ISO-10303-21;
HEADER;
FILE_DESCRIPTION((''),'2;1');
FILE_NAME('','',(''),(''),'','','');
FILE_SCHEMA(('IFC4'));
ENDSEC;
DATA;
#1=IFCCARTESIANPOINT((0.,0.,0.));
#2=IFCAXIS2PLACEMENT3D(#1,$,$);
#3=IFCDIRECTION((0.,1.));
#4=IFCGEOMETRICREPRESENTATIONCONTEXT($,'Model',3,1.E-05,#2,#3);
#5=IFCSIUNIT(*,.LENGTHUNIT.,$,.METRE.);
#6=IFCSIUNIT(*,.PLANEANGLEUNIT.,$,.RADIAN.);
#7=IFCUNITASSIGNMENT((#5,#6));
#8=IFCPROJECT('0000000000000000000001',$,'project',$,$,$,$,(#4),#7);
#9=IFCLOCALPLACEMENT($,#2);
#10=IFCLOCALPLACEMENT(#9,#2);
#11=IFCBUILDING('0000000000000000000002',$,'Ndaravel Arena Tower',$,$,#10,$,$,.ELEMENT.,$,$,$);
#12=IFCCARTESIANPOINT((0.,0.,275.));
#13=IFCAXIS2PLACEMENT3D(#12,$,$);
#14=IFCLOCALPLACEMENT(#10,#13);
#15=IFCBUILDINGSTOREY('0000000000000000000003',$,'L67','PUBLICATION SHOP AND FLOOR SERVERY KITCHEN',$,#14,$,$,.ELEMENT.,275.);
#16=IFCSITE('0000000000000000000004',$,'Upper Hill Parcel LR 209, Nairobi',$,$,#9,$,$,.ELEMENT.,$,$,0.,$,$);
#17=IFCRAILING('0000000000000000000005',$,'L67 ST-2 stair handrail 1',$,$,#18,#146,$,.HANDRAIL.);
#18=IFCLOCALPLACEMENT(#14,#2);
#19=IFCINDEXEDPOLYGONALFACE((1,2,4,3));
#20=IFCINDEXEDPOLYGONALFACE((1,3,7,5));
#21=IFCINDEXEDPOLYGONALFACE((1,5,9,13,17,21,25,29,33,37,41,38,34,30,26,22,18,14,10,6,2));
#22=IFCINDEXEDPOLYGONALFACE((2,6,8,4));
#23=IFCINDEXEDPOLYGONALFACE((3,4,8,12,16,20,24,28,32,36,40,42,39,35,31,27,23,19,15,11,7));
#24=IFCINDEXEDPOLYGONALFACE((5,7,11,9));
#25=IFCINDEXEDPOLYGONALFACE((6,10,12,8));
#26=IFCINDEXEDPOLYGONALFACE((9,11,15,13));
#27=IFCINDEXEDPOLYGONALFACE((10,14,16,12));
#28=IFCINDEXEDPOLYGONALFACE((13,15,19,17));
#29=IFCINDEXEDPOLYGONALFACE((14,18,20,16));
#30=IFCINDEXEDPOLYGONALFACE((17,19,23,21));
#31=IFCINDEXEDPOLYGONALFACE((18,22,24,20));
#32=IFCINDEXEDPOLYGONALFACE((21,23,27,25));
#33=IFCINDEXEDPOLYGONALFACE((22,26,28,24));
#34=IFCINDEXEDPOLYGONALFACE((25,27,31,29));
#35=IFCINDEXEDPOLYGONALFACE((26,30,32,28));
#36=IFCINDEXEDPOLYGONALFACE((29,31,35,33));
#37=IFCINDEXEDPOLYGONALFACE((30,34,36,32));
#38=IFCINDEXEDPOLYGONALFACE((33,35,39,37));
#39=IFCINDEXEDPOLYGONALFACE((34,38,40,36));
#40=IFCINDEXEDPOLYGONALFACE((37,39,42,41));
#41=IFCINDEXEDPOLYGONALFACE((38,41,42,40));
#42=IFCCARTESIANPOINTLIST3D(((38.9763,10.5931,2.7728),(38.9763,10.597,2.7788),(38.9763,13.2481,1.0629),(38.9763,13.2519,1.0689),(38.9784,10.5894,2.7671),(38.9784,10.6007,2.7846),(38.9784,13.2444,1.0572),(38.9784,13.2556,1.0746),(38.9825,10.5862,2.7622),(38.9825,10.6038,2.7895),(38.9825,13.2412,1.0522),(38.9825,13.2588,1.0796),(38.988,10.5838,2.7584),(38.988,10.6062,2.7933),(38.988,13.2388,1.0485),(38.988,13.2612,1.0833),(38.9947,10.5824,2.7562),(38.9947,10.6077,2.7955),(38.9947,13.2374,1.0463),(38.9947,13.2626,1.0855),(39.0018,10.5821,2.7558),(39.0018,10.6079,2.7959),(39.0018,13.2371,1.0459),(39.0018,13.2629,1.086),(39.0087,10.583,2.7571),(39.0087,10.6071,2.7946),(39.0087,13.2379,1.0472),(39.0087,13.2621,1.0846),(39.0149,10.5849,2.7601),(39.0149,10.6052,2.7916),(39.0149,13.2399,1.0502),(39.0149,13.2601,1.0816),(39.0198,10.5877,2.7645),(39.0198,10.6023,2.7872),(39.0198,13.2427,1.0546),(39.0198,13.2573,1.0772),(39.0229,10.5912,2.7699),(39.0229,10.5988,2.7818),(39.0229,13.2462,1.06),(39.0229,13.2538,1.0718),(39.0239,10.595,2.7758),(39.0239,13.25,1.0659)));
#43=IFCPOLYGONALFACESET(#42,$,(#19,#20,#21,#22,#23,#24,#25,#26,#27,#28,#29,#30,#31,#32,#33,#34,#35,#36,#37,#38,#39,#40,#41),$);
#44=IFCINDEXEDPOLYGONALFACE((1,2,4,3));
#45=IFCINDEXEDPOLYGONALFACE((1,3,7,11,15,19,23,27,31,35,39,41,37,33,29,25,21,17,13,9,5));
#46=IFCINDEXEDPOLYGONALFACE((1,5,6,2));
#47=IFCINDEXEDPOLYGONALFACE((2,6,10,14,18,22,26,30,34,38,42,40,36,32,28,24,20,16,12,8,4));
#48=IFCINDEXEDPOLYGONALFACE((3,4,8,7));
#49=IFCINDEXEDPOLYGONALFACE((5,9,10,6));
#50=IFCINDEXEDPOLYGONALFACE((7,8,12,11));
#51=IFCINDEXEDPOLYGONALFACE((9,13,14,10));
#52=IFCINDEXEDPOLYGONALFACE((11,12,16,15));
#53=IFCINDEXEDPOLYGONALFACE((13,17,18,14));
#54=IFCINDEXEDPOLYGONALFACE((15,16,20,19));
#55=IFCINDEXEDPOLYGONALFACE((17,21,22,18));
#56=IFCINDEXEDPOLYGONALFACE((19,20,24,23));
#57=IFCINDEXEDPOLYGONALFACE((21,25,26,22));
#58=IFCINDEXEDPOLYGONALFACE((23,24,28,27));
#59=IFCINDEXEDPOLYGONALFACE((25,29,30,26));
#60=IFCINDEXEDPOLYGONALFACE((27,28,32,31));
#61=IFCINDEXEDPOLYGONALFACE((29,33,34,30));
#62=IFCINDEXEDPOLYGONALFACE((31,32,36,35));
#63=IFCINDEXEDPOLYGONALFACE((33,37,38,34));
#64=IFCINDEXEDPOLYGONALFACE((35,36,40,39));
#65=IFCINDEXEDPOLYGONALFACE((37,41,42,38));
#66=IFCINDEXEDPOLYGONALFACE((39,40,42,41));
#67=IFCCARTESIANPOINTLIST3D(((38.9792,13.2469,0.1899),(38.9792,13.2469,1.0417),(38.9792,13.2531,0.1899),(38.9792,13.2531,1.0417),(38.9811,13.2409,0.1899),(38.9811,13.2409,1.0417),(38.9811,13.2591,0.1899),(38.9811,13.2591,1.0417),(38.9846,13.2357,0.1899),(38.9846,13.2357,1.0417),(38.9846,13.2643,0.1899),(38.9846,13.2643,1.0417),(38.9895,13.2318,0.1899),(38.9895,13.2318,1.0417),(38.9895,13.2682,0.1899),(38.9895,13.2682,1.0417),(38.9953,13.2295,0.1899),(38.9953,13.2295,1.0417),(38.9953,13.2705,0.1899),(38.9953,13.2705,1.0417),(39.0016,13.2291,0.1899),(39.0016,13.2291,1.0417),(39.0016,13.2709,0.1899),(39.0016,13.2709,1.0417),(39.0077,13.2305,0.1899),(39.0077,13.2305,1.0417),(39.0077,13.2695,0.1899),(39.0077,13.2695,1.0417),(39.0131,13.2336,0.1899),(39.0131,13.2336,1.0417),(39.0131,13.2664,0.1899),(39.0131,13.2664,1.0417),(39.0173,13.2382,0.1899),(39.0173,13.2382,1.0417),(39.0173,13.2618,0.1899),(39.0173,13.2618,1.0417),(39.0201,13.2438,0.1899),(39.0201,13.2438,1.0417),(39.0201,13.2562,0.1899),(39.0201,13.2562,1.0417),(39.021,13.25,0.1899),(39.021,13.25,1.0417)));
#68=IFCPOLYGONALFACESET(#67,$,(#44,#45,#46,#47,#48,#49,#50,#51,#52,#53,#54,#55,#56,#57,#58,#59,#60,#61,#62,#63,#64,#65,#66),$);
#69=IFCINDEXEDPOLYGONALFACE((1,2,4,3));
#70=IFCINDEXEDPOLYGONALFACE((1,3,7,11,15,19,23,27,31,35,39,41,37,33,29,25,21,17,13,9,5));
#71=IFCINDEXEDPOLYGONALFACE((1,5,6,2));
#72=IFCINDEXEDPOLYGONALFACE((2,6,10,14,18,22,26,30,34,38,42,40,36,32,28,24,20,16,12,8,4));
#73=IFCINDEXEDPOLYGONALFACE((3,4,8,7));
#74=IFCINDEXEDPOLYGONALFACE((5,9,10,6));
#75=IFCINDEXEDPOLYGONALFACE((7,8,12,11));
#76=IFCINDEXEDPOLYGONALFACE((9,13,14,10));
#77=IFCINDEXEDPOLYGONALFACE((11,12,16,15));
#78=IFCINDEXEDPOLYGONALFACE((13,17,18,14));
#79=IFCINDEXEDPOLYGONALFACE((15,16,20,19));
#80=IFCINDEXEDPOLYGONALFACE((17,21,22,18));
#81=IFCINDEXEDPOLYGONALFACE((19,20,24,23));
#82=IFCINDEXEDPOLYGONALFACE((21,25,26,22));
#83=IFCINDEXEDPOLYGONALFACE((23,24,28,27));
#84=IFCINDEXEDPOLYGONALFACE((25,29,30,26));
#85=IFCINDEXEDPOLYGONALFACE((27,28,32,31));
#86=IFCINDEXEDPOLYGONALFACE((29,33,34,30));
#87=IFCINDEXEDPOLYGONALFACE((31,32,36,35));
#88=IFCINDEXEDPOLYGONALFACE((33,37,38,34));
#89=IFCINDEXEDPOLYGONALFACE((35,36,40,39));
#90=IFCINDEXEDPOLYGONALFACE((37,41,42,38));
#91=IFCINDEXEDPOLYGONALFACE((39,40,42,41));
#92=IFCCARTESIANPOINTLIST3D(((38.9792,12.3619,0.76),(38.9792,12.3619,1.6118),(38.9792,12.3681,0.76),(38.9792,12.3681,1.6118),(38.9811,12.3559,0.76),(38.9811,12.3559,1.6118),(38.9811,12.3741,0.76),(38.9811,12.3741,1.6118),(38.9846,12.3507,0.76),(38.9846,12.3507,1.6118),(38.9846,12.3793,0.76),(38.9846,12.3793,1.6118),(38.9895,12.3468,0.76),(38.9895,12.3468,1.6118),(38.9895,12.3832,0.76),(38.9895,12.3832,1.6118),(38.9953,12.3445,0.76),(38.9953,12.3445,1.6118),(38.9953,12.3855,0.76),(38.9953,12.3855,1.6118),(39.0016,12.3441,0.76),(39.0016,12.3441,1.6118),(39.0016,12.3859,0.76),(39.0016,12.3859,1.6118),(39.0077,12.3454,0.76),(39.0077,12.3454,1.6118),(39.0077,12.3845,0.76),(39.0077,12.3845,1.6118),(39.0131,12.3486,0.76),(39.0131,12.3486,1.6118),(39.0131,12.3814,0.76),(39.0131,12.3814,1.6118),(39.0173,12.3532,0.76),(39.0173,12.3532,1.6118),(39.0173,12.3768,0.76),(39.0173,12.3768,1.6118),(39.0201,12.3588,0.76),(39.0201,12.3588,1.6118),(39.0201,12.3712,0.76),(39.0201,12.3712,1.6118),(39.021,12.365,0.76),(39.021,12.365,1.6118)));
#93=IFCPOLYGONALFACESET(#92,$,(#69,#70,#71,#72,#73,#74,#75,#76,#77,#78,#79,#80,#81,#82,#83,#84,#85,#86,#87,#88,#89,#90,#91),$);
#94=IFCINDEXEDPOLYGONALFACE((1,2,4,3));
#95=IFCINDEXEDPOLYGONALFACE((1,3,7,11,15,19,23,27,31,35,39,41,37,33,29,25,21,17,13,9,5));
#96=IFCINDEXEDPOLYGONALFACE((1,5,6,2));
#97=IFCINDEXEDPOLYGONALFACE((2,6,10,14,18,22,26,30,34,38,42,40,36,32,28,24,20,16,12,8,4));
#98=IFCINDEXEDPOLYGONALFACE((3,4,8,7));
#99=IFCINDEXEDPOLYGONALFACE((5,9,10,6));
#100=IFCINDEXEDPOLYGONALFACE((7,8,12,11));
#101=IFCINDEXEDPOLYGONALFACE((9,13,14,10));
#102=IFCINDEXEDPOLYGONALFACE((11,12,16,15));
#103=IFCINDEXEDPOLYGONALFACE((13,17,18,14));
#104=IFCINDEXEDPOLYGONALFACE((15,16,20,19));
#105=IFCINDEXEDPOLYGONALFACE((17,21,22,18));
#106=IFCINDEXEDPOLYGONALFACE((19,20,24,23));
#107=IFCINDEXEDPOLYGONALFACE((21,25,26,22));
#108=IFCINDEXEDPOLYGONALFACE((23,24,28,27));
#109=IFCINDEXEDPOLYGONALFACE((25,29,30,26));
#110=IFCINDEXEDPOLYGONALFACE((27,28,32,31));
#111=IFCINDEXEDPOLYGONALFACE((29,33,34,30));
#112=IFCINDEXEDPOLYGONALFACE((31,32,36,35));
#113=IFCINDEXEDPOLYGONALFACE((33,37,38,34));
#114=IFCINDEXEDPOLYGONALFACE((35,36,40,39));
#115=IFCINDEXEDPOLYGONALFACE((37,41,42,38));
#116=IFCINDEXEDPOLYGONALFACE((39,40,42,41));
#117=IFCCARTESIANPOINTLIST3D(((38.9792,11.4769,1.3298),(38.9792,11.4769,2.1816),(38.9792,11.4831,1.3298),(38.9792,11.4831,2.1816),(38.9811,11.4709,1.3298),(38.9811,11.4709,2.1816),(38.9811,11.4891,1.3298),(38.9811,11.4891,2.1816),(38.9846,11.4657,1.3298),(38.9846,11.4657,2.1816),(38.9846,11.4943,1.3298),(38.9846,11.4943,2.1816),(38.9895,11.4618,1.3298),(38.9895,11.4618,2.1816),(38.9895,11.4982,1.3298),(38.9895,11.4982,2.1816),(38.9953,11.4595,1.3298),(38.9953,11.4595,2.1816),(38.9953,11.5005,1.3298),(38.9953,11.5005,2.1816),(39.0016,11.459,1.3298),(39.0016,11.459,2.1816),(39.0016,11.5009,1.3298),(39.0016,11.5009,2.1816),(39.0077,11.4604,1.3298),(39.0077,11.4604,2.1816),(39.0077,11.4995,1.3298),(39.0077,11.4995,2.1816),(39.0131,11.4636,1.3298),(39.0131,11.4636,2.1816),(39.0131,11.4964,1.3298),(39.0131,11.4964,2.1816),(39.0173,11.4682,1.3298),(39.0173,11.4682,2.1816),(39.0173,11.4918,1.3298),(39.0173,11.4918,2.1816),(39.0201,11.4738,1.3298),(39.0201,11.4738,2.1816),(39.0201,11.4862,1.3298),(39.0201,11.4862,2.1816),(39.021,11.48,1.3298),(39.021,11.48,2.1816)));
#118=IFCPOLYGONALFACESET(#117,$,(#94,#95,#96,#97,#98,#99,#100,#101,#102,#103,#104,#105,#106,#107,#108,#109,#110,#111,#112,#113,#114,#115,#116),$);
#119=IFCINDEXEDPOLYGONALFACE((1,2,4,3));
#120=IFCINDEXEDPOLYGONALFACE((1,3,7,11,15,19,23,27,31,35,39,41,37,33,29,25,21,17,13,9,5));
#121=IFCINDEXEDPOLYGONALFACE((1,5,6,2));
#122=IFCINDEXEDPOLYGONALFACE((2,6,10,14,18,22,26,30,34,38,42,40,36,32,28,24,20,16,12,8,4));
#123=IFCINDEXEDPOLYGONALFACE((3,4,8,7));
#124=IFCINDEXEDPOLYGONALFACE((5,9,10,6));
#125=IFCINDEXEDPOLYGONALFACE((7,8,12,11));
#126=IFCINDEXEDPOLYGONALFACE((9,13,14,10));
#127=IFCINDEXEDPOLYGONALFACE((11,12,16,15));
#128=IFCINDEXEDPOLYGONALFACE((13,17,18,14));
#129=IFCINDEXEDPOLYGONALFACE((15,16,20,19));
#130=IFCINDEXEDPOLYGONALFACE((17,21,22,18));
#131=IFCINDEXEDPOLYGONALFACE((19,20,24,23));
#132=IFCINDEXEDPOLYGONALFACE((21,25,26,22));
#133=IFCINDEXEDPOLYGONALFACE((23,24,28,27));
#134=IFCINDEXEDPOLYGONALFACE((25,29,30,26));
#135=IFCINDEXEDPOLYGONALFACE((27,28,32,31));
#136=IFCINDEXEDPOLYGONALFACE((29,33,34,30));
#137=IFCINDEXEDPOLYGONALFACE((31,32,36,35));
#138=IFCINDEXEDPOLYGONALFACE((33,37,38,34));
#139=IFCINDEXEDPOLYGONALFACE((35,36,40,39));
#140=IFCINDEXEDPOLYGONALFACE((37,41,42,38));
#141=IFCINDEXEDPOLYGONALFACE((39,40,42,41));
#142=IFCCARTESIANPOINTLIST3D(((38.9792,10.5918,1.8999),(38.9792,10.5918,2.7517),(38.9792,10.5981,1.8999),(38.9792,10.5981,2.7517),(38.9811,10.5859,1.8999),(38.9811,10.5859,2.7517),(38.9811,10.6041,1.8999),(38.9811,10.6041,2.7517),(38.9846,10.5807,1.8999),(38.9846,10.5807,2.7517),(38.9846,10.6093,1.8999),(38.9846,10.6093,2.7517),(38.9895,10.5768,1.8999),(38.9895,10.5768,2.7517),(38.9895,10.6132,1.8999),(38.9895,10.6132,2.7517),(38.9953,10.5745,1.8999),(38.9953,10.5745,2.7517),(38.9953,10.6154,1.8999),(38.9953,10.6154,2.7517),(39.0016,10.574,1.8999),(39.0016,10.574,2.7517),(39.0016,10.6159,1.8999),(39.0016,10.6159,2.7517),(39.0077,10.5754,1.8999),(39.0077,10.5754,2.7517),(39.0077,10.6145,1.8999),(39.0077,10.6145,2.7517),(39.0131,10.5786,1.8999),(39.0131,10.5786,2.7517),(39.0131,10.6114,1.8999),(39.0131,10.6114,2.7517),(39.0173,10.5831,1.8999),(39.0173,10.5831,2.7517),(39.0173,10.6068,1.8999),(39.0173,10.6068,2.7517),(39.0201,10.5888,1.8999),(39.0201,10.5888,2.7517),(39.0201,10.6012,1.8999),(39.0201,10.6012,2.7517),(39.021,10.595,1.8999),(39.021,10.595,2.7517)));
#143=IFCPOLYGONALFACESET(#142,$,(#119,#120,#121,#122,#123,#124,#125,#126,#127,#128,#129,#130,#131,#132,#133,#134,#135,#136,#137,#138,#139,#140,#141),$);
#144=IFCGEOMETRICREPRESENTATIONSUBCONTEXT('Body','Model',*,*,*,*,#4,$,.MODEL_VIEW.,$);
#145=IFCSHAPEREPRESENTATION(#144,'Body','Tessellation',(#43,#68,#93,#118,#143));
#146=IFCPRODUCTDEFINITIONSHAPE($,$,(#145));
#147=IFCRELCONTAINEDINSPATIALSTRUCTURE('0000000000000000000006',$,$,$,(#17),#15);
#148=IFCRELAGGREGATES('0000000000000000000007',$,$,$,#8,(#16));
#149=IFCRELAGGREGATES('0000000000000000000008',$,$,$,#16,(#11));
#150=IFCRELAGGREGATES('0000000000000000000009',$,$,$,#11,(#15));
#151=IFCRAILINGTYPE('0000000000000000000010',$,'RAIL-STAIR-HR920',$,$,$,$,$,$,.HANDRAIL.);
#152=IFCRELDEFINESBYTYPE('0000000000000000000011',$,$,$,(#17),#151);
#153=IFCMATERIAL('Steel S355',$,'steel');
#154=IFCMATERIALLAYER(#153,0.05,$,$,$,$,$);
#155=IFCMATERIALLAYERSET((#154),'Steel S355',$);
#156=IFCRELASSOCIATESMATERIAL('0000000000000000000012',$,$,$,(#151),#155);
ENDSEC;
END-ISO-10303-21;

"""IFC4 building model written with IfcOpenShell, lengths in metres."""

from ifc_helpers import new_model, si_unit, direction, frame, origin, origin_2d, place, context, subcontext, project, spatial, circle, extrude, material, layer, layer_set, type_object, element, save


model = new_model("IFC4")

# Units and contexts
model_context = context("Model", 3, precision=1e-05, world=origin(), true_north=direction((0.0, 1.0)))
body_context = subcontext(model_context, "Body", "Model", "MODEL_VIEW")
ifc_project = project(units=[si_unit("LENGTHUNIT", "METRE"), si_unit("PLANEANGLEUNIT", "RADIAN")], contexts=[model_context])

# Site, building, storey
site_placement = place(None, origin())
site = spatial("IfcSite", under=ifc_project, at=site_placement, Name="Upper Hill Parcel LR 209, Nairobi", CompositionType="ELEMENT", RefElevation=0.0)
building_placement = place(site_placement, origin())
building = spatial("IfcBuilding", under=site, at=building_placement, Name="Ndaravel Arena Tower", CompositionType="ELEMENT")
storey_placement = place(building_placement, frame((0.0, 0.0, 275.0)))
storey = spatial("IfcBuildingStorey", under=building, at=storey_placement, Name="L67", Description="PUBLICATION SHOP AND FLOOR SERVERY KITCHEN", CompositionType="ELEMENT", Elevation=275.0)

# Railing
ifc_material_1 = material(Name="Steel S355", Category="steel")
ifc_layer_1 = layer(ifc_material_1, 0.05)
ifc_layer_set_1 = layer_set([ifc_layer_1], Name="Steel S355")
railing_type_1 = type_object("IfcRailingType", Name="RAIL-STAIR-HR920", PredefinedType="HANDRAIL", material=ifc_layer_set_1)
railing_1_placement = place(storey_placement, frame((39.0, 13.25, 0.1899)))
element("IfcRailing", 1, at=railing_1_placement, inside=storey, type_object=railing_type_1, Name="L67 ST-2 stair handrail 1", PredefinedType="HANDRAIL", context=body_context, shape_type="SweptSolid", body=[
    extrude(circle(Radius=0.0239, at=origin_2d()), frame((0.0, 0.0, 0.876), z_axis=(0.0, -0.840724, 0.541465), x_axis=(1.0, 0.0, 0.0)), (0.0, 0.0, 1.0), 3.158),
    extrude(circle(Radius=0.021, at=origin_2d()), origin(), (0.0, 0.0, 1.0), 0.8518),
    extrude(circle(Radius=0.021, at=origin_2d()), frame((0.0, -0.885, 0.5701)), (0.0, 0.0, 1.0), 0.8518),
    extrude(circle(Radius=0.021, at=origin_2d()), frame((0.0, -1.77, 1.1399)), (0.0, 0.0, 1.0), 0.8518),
    extrude(circle(Radius=0.021, at=origin_2d()), frame((0.0, -2.655, 1.71)), (0.0, 0.0, 1.0), 0.8518),
])

save(model, "model.ifc")
